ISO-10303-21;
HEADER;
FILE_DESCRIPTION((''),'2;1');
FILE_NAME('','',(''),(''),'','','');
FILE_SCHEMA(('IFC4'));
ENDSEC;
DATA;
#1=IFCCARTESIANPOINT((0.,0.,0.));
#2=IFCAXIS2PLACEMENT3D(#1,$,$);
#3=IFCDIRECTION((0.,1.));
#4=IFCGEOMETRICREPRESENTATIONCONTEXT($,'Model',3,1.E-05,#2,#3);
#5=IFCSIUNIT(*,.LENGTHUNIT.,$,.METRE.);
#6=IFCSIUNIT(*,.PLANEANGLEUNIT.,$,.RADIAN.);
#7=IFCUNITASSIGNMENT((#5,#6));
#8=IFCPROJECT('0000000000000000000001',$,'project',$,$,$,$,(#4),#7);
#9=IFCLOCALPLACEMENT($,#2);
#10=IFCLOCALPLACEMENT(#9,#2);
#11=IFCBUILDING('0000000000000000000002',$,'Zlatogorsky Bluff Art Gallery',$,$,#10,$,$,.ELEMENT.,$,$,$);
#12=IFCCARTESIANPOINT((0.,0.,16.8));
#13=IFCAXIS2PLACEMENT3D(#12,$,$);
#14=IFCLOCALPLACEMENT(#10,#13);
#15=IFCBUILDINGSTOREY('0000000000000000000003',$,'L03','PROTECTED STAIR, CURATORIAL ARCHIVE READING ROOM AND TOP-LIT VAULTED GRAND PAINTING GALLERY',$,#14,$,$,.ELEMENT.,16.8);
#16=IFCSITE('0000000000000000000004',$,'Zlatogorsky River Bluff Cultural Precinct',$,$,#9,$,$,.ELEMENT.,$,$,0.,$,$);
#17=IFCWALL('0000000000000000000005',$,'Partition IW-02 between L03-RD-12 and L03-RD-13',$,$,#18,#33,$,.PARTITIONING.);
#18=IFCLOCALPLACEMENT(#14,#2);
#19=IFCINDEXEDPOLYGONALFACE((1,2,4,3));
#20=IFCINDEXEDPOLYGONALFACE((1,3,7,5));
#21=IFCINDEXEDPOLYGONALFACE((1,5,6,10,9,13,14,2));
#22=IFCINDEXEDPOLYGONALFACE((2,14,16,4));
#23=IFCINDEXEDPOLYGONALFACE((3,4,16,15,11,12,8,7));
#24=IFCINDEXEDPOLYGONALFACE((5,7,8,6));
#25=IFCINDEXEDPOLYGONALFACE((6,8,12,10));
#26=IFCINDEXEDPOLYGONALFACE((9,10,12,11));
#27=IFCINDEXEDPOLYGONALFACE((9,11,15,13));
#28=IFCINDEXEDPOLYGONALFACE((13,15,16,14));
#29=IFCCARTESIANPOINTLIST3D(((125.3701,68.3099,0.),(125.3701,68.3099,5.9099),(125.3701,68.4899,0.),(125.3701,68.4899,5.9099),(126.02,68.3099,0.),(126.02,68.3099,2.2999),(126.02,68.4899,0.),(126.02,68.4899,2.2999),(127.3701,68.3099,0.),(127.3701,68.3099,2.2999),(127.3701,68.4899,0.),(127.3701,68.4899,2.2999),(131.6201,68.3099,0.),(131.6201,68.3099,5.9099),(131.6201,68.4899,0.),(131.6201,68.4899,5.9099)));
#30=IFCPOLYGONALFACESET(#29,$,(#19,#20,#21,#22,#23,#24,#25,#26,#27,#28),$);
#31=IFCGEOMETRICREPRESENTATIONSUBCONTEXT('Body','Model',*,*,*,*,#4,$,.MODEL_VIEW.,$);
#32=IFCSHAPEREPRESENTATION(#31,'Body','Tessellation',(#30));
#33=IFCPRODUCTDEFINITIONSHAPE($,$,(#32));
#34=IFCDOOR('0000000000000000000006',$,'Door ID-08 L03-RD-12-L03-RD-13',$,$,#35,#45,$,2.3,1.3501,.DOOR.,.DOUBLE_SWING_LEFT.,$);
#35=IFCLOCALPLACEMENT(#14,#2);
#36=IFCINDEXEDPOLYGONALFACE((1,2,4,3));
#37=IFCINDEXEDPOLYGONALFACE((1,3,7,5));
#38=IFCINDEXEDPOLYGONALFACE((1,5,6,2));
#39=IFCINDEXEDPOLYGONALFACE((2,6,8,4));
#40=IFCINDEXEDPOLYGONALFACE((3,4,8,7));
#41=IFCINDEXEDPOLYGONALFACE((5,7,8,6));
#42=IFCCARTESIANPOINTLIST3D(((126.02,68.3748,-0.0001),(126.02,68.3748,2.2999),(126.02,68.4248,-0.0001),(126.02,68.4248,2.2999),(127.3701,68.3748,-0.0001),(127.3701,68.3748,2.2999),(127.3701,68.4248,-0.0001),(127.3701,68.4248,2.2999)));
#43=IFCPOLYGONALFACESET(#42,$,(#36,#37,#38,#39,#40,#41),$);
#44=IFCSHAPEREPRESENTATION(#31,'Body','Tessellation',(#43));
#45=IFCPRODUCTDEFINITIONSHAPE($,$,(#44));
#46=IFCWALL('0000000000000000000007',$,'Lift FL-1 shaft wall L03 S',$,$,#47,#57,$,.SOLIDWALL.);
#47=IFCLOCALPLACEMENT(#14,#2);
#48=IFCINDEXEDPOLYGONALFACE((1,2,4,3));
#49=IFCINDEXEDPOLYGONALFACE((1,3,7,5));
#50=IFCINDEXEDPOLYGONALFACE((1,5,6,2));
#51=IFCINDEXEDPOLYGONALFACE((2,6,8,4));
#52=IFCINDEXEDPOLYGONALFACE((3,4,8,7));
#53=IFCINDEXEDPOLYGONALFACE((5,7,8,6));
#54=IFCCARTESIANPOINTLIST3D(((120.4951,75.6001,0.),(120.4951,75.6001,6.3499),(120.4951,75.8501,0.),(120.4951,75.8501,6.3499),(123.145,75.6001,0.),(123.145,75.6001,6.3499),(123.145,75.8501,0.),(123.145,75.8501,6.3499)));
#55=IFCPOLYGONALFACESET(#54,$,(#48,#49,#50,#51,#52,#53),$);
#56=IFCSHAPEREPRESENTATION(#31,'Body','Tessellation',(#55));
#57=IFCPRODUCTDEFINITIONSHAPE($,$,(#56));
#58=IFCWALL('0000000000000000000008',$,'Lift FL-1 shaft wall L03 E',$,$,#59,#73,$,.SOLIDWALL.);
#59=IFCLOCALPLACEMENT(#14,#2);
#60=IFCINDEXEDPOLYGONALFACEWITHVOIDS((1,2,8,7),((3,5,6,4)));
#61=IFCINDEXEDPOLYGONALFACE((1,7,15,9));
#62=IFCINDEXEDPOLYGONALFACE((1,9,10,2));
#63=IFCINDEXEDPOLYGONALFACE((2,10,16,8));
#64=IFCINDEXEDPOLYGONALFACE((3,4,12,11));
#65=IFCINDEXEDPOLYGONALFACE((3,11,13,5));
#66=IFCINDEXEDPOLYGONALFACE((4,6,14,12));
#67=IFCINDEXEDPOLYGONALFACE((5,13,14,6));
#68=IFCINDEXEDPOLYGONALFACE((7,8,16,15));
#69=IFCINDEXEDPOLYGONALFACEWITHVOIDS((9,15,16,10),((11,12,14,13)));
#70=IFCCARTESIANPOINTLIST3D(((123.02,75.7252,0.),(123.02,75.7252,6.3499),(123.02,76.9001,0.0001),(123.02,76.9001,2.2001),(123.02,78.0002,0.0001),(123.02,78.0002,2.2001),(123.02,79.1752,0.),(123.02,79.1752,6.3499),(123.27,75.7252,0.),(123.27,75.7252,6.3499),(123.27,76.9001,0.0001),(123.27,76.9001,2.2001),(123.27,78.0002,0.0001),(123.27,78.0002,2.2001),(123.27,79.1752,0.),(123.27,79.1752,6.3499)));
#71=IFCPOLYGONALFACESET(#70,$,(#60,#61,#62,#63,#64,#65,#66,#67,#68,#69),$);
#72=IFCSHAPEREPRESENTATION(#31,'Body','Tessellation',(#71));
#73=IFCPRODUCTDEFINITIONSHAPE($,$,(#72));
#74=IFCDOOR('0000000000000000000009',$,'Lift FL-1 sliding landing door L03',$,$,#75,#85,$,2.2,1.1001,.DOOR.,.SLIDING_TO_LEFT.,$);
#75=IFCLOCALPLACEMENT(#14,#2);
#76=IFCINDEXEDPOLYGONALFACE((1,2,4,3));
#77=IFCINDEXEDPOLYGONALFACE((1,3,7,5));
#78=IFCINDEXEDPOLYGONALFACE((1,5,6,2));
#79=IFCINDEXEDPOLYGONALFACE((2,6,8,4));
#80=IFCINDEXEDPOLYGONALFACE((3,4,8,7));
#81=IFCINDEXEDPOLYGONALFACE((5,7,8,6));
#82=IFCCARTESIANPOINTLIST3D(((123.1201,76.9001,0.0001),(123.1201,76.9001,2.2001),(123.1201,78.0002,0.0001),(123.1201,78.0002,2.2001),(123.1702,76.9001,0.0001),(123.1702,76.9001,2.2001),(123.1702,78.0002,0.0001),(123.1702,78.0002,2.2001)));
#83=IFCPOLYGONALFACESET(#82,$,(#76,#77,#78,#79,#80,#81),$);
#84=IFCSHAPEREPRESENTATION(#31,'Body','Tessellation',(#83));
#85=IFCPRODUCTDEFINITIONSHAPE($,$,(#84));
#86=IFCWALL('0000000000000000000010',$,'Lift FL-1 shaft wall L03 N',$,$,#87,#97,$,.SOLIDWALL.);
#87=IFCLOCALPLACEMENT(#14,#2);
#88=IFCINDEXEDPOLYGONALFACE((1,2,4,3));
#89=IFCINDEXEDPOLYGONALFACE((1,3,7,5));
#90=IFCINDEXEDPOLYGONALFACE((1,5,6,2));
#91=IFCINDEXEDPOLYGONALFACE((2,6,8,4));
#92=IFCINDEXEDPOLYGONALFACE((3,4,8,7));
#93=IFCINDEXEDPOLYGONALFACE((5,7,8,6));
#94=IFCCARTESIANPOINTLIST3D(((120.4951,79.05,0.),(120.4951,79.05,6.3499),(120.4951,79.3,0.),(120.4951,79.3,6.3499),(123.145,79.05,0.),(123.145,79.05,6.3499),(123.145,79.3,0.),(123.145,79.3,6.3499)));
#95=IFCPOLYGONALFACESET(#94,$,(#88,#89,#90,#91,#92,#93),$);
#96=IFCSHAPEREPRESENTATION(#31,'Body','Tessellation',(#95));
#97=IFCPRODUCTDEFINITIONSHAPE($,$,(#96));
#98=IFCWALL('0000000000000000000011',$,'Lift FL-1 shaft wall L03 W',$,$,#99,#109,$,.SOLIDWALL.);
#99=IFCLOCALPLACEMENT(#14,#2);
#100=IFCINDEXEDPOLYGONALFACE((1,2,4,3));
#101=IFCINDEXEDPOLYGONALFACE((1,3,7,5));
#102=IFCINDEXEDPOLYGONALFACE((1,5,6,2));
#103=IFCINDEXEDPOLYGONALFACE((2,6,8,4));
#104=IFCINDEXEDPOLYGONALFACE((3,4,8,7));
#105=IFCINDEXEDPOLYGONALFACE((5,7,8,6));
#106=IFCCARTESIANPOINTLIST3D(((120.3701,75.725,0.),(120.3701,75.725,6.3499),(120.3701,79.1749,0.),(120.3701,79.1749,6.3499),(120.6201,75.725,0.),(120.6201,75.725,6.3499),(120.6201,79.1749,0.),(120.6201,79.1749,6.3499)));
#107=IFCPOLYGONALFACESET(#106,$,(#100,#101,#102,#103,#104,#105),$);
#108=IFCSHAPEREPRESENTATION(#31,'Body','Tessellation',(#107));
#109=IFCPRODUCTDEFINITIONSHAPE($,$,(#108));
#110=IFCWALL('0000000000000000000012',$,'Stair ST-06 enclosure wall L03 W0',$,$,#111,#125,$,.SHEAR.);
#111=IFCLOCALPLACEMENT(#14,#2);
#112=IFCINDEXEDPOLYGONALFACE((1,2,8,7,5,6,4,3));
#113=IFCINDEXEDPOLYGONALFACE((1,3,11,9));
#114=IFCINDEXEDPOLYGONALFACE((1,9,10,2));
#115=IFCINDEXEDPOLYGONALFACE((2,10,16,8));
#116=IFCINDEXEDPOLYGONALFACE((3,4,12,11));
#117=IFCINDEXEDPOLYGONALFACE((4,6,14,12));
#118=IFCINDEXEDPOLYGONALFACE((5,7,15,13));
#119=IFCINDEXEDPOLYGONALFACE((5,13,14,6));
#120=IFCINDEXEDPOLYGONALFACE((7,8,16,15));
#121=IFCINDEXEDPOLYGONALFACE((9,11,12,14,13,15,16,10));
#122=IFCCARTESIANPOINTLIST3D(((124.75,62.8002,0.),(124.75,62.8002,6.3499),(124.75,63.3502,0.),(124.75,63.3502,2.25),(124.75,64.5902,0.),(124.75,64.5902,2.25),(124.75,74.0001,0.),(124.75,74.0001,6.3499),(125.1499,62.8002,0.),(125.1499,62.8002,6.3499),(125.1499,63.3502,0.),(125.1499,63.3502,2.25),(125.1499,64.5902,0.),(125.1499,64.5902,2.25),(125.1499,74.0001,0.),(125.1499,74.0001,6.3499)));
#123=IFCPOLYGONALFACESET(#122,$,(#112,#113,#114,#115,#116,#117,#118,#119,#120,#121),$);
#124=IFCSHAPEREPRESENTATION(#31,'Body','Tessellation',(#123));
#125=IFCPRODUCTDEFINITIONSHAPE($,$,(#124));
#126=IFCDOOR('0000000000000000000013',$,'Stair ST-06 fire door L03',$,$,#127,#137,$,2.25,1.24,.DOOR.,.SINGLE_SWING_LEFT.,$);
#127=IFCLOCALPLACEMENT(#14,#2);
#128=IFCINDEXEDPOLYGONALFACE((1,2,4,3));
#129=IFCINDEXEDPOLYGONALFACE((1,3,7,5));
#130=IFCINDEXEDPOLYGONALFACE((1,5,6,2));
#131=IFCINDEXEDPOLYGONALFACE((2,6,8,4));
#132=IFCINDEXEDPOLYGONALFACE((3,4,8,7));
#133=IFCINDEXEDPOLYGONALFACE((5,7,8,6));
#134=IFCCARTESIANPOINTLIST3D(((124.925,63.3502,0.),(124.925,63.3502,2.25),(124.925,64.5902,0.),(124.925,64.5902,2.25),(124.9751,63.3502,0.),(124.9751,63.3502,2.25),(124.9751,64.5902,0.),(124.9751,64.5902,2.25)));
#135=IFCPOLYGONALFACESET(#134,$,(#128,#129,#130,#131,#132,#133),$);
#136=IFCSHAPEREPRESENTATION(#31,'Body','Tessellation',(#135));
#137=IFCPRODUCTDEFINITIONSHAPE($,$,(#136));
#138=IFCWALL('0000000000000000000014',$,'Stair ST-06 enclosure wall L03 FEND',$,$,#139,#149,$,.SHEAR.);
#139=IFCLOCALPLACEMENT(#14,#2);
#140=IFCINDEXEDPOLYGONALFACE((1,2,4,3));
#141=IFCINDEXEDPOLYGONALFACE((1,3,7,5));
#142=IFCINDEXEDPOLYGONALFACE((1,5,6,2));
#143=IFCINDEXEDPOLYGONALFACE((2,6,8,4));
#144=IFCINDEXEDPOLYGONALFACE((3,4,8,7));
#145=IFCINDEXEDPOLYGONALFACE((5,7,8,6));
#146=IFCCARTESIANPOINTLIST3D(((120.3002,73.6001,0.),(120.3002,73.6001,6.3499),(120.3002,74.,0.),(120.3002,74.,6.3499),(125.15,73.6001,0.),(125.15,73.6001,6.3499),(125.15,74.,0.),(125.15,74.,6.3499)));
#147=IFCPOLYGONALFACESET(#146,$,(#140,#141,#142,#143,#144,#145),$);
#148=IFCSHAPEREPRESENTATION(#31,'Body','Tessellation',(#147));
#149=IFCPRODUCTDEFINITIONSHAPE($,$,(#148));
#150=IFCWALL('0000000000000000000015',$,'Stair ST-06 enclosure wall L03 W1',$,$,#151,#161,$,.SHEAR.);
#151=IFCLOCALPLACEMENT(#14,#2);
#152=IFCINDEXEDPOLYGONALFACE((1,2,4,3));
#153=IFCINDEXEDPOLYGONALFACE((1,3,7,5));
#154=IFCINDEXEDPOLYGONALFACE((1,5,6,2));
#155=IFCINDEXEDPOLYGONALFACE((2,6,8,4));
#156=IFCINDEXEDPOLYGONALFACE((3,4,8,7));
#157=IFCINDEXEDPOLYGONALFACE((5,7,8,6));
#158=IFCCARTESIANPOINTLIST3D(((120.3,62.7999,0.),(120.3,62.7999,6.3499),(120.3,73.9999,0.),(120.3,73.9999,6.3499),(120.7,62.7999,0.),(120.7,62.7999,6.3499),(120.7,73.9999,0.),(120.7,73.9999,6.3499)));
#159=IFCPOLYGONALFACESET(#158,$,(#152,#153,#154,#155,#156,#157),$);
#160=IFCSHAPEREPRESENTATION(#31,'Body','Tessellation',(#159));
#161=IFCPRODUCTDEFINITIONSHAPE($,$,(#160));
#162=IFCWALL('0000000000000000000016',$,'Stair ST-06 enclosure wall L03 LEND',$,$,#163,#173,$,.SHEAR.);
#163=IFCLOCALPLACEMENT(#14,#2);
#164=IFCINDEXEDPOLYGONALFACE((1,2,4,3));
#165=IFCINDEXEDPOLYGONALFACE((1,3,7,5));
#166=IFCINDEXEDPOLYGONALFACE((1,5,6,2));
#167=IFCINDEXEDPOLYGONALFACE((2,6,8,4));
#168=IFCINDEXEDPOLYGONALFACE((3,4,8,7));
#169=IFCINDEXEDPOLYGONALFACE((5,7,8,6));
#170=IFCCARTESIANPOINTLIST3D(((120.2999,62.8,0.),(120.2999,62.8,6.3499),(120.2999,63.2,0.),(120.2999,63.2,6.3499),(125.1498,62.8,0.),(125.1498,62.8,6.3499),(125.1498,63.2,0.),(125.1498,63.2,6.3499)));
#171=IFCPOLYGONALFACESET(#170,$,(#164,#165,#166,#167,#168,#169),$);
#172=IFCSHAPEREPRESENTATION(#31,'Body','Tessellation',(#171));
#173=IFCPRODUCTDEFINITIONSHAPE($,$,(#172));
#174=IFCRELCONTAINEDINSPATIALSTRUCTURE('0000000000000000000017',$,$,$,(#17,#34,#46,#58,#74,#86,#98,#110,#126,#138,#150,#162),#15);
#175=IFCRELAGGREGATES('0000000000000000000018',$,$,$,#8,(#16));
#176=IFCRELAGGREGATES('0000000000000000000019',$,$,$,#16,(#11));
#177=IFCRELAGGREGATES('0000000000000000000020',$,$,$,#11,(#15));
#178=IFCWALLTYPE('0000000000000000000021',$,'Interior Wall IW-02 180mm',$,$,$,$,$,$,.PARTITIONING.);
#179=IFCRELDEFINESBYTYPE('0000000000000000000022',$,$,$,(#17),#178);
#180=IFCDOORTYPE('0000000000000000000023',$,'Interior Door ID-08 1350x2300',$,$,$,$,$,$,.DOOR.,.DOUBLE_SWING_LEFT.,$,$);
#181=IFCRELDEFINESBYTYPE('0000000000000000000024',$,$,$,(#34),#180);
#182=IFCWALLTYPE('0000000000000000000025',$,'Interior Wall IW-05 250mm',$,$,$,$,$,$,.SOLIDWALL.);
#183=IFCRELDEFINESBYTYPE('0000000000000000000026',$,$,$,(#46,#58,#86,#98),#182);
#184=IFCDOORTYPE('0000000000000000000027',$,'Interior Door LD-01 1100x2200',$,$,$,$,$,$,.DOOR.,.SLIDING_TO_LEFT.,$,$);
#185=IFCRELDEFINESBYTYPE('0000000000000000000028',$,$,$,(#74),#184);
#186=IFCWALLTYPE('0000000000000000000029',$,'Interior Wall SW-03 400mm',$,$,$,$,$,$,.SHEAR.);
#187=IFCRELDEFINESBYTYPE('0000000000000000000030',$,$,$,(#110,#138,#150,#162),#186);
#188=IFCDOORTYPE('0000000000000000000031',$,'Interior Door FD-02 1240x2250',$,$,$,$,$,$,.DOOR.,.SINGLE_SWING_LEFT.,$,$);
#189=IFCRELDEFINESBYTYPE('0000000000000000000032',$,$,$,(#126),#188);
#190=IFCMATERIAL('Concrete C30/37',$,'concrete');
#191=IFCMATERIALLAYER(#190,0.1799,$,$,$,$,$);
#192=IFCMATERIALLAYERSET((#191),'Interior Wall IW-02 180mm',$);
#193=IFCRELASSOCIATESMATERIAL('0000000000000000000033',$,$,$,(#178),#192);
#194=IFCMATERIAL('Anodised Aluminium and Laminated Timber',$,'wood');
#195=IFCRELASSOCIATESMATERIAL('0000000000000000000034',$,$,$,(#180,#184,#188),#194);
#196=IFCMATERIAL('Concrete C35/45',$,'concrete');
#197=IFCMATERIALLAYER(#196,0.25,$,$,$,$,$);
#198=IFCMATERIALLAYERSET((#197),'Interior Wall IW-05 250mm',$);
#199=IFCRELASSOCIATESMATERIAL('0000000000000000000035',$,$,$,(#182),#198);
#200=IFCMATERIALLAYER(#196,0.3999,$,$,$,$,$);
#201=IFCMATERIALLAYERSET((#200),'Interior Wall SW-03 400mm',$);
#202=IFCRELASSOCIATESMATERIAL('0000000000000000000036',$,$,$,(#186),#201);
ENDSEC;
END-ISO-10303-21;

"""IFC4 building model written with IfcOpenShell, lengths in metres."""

from ifc_helpers import new_model, si_unit, direction, frame, frame_2d, origin, place, context, subcontext, project, spatial, rectangle, extrude, material, layer, layer_set, type_object, element, fill, save


model = new_model("IFC4")

# Units and contexts
model_context = context("Model", 3, precision=1e-05, world=origin(), true_north=direction((0.0, 1.0)))
body_context = subcontext(model_context, "Body", "Model", "MODEL_VIEW")
ifc_project = project(units=[si_unit("LENGTHUNIT", "METRE"), si_unit("PLANEANGLEUNIT", "RADIAN")], contexts=[model_context])

# Site, building, storey
site_placement = place(None, origin())
site = spatial("IfcSite", under=ifc_project, at=site_placement, Name="Zlatogorsky River Bluff Cultural Precinct", CompositionType="ELEMENT", RefElevation=0.0)
building_placement = place(site_placement, origin())
building = spatial("IfcBuilding", under=site, at=building_placement, Name="Zlatogorsky Bluff Art Gallery", CompositionType="ELEMENT")
storey_placement = place(building_placement, frame((0.0, 0.0, 16.8)))
storey = spatial("IfcBuildingStorey", under=building, at=storey_placement, Name="L03", Description="PROTECTED STAIR, CURATORIAL ARCHIVE READING ROOM AND TOP-LIT VAULTED GRAND PAINTING GALLERY", CompositionType="ELEMENT", Elevation=16.8)

# Wall, opening, door
ifc_material_1 = material(Name="Concrete C30/37", Category="concrete")
ifc_layer_1 = layer(ifc_material_1, 0.1799)
ifc_layer_set_1 = layer_set([ifc_layer_1], Name="Interior Wall IW-02 180mm")
wall_type_1 = type_object("IfcWallType", Name="Interior Wall IW-02 180mm", PredefinedType="PARTITIONING", material=ifc_layer_set_1)
wall_1_placement = place(storey_placement, frame((125.3701, 68.3999, 0.0), z_axis=(0.0, 0.0, 1.0), x_axis=(1.0, 0.0, 0.0)))
wall_1 = element("IfcWall", 1, at=wall_1_placement, inside=storey, type_object=wall_type_1, Name="Partition IW-02 between L03-RD-12 and L03-RD-13", PredefinedType="PARTITIONING", context=body_context, shape_type="SweptSolid", body=[
    extrude(rectangle(XDim=6.25, YDim=0.1799, at=frame_2d((3.125, 0.0))), origin(), (0.0, 0.0, 1.0), 5.9099),
])
opening_1_placement = place(wall_1_placement, frame((0.6499, 0.0, 0.0)))
opening_1 = element("IfcOpeningElement", 2, at=opening_1_placement, cuts=wall_1, PredefinedType="OPENING", context=body_context, shape_type="SweptSolid", body=[
    extrude(rectangle(XDim=1.3501, YDim=2.3, at=frame_2d((0.675, 1.1499))), frame((0.0, 0.0999, 0.0), z_axis=(0.0, -1.0, 0.0), x_axis=(1.0, 0.0, 0.0)), (0.0, 0.0, 1.0), 0.2),
])
ifc_material_2 = material(Name="Anodised Aluminium and Laminated Timber", Category="wood")
door_type_1 = type_object("IfcDoorType", Name="Interior Door ID-08 1350x2300", OperationType="DOUBLE_SWING_LEFT", PredefinedType="DOOR", material=ifc_material_2)
door_1_placement = place(opening_1_placement, origin())
door_1 = element("IfcDoor", 3, at=door_1_placement, inside=storey, type_object=door_type_1, Name="Door ID-08 L03-RD-12-L03-RD-13", OperationType="DOUBLE_SWING_LEFT", OverallHeight=2.3, OverallWidth=1.3501, PredefinedType="DOOR", context=body_context, shape_type="SweptSolid", body=[
    extrude(rectangle(XDim=1.3501, YDim=2.3, at=frame_2d((0.675, 1.1499))), frame((0.0, 0.0249, 0.0), z_axis=(0.0, -1.0, 0.0), x_axis=(1.0, 0.0, 0.0)), (0.0, 0.0, 1.0), 0.05),
])
fill(opening_1, door_1)

# Wall
ifc_material_3 = material(Name="Concrete C35/45", Category="concrete")
ifc_layer_2 = layer(ifc_material_3, 0.25)
ifc_layer_set_2 = layer_set([ifc_layer_2], Name="Interior Wall IW-05 250mm")
wall_type_2 = type_object("IfcWallType", Name="Interior Wall IW-05 250mm", PredefinedType="SOLIDWALL", material=ifc_layer_set_2)
wall_2_placement = place(storey_placement, frame((120.4951, 75.7251, 0.0), z_axis=(0.0, 0.0, 1.0), x_axis=(1.0, 0.0, 0.0)))
element("IfcWall", 4, at=wall_2_placement, inside=storey, type_object=wall_type_2, Name="Lift FL-1 shaft wall L03 S", PredefinedType="SOLIDWALL", context=body_context, shape_type="SweptSolid", body=[
    extrude(rectangle(XDim=2.6499, YDim=0.25, at=frame_2d((1.325, 0.0))), origin(), (0.0, 0.0, 1.0), 6.3499),
])

# Wall, opening, door
wall_3_placement = place(storey_placement, frame((123.145, 75.7251, 0.0), z_axis=(0.0, 0.0, 1.0), x_axis=(0.0, 1.0, 0.0)))
wall_3 = element("IfcWall", 5, at=wall_3_placement, inside=storey, type_object=wall_type_2, Name="Lift FL-1 shaft wall L03 E", PredefinedType="SOLIDWALL", context=body_context, shape_type="SweptSolid", body=[
    extrude(rectangle(XDim=3.45, YDim=0.25, at=frame_2d((1.7251, 0.0))), origin(), (0.0, 0.0, 1.0), 6.3499),
])
opening_2_placement = place(wall_3_placement, frame((1.175, 0.0, 0.0)))
opening_2 = element("IfcOpeningElement", 6, at=opening_2_placement, cuts=wall_3, PredefinedType="OPENING", context=body_context, shape_type="SweptSolid", body=[
    extrude(rectangle(XDim=1.1001, YDim=2.2, at=frame_2d((0.55, 1.1001))), frame((0.0, 0.135, 0.0), z_axis=(0.0, -1.0, 0.0), x_axis=(1.0, 0.0, 0.0)), (0.0, 0.0, 1.0), 0.27),
])
door_type_2 = type_object("IfcDoorType", Name="Interior Door LD-01 1100x2200", OperationType="SLIDING_TO_LEFT", PredefinedType="DOOR", material=ifc_material_2)
door_2_placement = place(opening_2_placement, origin())
door_2 = element("IfcDoor", 7, at=door_2_placement, inside=storey, type_object=door_type_2, Name="Lift FL-1 sliding landing door L03", OperationType="SLIDING_TO_LEFT", OverallHeight=2.2, OverallWidth=1.1001, PredefinedType="DOOR", context=body_context, shape_type="SweptSolid", body=[
    extrude(rectangle(XDim=1.1001, YDim=2.2, at=frame_2d((0.55, 1.1001))), frame((0.0, 0.0249, 0.0), z_axis=(0.0, -1.0, 0.0), x_axis=(1.0, 0.0, 0.0)), (0.0, 0.0, 1.0), 0.05),
])
fill(opening_2, door_2)

# Walls
wall_4_placement = place(storey_placement, frame((123.145, 79.175, 0.0), z_axis=(0.0, 0.0, 1.0), x_axis=(-1.0, 0.0, 0.0)))
element("IfcWall", 8, at=wall_4_placement, inside=storey, type_object=wall_type_2, Name="Lift FL-1 shaft wall L03 N", PredefinedType="SOLIDWALL", context=body_context, shape_type="SweptSolid", body=[
    extrude(rectangle(XDim=2.6499, YDim=0.25, at=frame_2d((1.325, 0.0))), origin(), (0.0, 0.0, 1.0), 6.3499),
])
wall_5_placement = place(storey_placement, frame((120.4951, 79.175, 0.0), z_axis=(0.0, 0.0, 1.0), x_axis=(0.0, -1.0, 0.0)))
element("IfcWall", 9, at=wall_5_placement, inside=storey, type_object=wall_type_2, Name="Lift FL-1 shaft wall L03 W", PredefinedType="SOLIDWALL", context=body_context, shape_type="SweptSolid", body=[
    extrude(rectangle(XDim=3.45, YDim=0.25, at=frame_2d((1.7251, 0.0))), origin(), (0.0, 0.0, 1.0), 6.3499),
])

# Wall, opening, door
ifc_layer_3 = layer(ifc_material_3, 0.3999)
ifc_layer_set_3 = layer_set([ifc_layer_3], Name="Interior Wall SW-03 400mm")
wall_type_3 = type_object("IfcWallType", Name="Interior Wall SW-03 400mm", PredefinedType="SHEAR", material=ifc_layer_set_3)
wall_6_placement = place(storey_placement, frame((124.95, 62.8, 0.0), z_axis=(0.0, 0.0, 1.0), x_axis=(0.0, 1.0, 0.0)))
wall_6 = element("IfcWall", 10, at=wall_6_placement, inside=storey, type_object=wall_type_3, Name="Stair ST-06 enclosure wall L03 W0", PredefinedType="SHEAR", context=body_context, shape_type="SweptSolid", body=[
    extrude(rectangle(XDim=11.2, YDim=0.3999, at=frame_2d((5.6001, 0.0))), origin(), (0.0, 0.0, 1.0), 6.3499),
])
opening_3_placement = place(wall_6_placement, frame((0.55, 0.0, 0.0)))
opening_3 = element("IfcOpeningElement", 11, at=opening_3_placement, cuts=wall_6, PredefinedType="OPENING", context=body_context, shape_type="SweptSolid", body=[
    extrude(rectangle(XDim=1.24, YDim=2.25, at=frame_2d((0.6201, 1.125))), frame((0.0, 0.21, 0.0), z_axis=(0.0, -1.0, 0.0), x_axis=(1.0, 0.0, 0.0)), (0.0, 0.0, 1.0), 0.4199),
])
door_type_3 = type_object("IfcDoorType", Name="Interior Door FD-02 1240x2250", OperationType="SINGLE_SWING_LEFT", PredefinedType="DOOR", material=ifc_material_2)
door_3_placement = place(opening_3_placement, origin())
door_3 = element("IfcDoor", 12, at=door_3_placement, inside=storey, type_object=door_type_3, Name="Stair ST-06 fire door L03", OperationType="SINGLE_SWING_LEFT", OverallHeight=2.25, OverallWidth=1.24, PredefinedType="DOOR", context=body_context, shape_type="SweptSolid", body=[
    extrude(rectangle(XDim=1.24, YDim=2.25, at=frame_2d((0.6201, 1.125))), frame((0.0, 0.0249, 0.0), z_axis=(0.0, -1.0, 0.0), x_axis=(1.0, 0.0, 0.0)), (0.0, 0.0, 1.0), 0.05),
])
fill(opening_3, door_3)

# Walls
wall_7_placement = place(storey_placement, frame((125.1499, 73.8, 0.0), z_axis=(0.0, 0.0, 1.0), x_axis=(-1.0, 0.0, 0.0)))
element("IfcWall", 13, at=wall_7_placement, inside=storey, type_object=wall_type_3, Name="Stair ST-06 enclosure wall L03 FEND", PredefinedType="SHEAR", context=body_context, shape_type="SweptSolid", body=[
    extrude(rectangle(XDim=4.8499, YDim=0.3999, at=frame_2d((2.4248, 0.0))), origin(), (0.0, 0.0, 1.0), 6.3499),
])
wall_8_placement = place(storey_placement, frame((120.5, 74.0, 0.0), z_axis=(0.0, 0.0, 1.0), x_axis=(0.0, -1.0, 0.0)))
element("IfcWall", 14, at=wall_8_placement, inside=storey, type_object=wall_type_3, Name="Stair ST-06 enclosure wall L03 W1", PredefinedType="SHEAR", context=body_context, shape_type="SweptSolid", body=[
    extrude(rectangle(XDim=11.2, YDim=0.3999, at=frame_2d((5.6001, 0.0))), origin(), (0.0, 0.0, 1.0), 6.3499),
])
wall_9_placement = place(storey_placement, frame((120.3, 63.0, 0.0), z_axis=(0.0, 0.0, 1.0), x_axis=(1.0, 0.0, 0.0)))
element("IfcWall", 15, at=wall_9_placement, inside=storey, type_object=wall_type_3, Name="Stair ST-06 enclosure wall L03 LEND", PredefinedType="SHEAR", context=body_context, shape_type="SweptSolid", body=[
    extrude(rectangle(XDim=4.8499, YDim=0.3999, at=frame_2d((2.4248, 0.0))), origin(), (0.0, 0.0, 1.0), 6.3499),
])

save(model, "model.ifc")
